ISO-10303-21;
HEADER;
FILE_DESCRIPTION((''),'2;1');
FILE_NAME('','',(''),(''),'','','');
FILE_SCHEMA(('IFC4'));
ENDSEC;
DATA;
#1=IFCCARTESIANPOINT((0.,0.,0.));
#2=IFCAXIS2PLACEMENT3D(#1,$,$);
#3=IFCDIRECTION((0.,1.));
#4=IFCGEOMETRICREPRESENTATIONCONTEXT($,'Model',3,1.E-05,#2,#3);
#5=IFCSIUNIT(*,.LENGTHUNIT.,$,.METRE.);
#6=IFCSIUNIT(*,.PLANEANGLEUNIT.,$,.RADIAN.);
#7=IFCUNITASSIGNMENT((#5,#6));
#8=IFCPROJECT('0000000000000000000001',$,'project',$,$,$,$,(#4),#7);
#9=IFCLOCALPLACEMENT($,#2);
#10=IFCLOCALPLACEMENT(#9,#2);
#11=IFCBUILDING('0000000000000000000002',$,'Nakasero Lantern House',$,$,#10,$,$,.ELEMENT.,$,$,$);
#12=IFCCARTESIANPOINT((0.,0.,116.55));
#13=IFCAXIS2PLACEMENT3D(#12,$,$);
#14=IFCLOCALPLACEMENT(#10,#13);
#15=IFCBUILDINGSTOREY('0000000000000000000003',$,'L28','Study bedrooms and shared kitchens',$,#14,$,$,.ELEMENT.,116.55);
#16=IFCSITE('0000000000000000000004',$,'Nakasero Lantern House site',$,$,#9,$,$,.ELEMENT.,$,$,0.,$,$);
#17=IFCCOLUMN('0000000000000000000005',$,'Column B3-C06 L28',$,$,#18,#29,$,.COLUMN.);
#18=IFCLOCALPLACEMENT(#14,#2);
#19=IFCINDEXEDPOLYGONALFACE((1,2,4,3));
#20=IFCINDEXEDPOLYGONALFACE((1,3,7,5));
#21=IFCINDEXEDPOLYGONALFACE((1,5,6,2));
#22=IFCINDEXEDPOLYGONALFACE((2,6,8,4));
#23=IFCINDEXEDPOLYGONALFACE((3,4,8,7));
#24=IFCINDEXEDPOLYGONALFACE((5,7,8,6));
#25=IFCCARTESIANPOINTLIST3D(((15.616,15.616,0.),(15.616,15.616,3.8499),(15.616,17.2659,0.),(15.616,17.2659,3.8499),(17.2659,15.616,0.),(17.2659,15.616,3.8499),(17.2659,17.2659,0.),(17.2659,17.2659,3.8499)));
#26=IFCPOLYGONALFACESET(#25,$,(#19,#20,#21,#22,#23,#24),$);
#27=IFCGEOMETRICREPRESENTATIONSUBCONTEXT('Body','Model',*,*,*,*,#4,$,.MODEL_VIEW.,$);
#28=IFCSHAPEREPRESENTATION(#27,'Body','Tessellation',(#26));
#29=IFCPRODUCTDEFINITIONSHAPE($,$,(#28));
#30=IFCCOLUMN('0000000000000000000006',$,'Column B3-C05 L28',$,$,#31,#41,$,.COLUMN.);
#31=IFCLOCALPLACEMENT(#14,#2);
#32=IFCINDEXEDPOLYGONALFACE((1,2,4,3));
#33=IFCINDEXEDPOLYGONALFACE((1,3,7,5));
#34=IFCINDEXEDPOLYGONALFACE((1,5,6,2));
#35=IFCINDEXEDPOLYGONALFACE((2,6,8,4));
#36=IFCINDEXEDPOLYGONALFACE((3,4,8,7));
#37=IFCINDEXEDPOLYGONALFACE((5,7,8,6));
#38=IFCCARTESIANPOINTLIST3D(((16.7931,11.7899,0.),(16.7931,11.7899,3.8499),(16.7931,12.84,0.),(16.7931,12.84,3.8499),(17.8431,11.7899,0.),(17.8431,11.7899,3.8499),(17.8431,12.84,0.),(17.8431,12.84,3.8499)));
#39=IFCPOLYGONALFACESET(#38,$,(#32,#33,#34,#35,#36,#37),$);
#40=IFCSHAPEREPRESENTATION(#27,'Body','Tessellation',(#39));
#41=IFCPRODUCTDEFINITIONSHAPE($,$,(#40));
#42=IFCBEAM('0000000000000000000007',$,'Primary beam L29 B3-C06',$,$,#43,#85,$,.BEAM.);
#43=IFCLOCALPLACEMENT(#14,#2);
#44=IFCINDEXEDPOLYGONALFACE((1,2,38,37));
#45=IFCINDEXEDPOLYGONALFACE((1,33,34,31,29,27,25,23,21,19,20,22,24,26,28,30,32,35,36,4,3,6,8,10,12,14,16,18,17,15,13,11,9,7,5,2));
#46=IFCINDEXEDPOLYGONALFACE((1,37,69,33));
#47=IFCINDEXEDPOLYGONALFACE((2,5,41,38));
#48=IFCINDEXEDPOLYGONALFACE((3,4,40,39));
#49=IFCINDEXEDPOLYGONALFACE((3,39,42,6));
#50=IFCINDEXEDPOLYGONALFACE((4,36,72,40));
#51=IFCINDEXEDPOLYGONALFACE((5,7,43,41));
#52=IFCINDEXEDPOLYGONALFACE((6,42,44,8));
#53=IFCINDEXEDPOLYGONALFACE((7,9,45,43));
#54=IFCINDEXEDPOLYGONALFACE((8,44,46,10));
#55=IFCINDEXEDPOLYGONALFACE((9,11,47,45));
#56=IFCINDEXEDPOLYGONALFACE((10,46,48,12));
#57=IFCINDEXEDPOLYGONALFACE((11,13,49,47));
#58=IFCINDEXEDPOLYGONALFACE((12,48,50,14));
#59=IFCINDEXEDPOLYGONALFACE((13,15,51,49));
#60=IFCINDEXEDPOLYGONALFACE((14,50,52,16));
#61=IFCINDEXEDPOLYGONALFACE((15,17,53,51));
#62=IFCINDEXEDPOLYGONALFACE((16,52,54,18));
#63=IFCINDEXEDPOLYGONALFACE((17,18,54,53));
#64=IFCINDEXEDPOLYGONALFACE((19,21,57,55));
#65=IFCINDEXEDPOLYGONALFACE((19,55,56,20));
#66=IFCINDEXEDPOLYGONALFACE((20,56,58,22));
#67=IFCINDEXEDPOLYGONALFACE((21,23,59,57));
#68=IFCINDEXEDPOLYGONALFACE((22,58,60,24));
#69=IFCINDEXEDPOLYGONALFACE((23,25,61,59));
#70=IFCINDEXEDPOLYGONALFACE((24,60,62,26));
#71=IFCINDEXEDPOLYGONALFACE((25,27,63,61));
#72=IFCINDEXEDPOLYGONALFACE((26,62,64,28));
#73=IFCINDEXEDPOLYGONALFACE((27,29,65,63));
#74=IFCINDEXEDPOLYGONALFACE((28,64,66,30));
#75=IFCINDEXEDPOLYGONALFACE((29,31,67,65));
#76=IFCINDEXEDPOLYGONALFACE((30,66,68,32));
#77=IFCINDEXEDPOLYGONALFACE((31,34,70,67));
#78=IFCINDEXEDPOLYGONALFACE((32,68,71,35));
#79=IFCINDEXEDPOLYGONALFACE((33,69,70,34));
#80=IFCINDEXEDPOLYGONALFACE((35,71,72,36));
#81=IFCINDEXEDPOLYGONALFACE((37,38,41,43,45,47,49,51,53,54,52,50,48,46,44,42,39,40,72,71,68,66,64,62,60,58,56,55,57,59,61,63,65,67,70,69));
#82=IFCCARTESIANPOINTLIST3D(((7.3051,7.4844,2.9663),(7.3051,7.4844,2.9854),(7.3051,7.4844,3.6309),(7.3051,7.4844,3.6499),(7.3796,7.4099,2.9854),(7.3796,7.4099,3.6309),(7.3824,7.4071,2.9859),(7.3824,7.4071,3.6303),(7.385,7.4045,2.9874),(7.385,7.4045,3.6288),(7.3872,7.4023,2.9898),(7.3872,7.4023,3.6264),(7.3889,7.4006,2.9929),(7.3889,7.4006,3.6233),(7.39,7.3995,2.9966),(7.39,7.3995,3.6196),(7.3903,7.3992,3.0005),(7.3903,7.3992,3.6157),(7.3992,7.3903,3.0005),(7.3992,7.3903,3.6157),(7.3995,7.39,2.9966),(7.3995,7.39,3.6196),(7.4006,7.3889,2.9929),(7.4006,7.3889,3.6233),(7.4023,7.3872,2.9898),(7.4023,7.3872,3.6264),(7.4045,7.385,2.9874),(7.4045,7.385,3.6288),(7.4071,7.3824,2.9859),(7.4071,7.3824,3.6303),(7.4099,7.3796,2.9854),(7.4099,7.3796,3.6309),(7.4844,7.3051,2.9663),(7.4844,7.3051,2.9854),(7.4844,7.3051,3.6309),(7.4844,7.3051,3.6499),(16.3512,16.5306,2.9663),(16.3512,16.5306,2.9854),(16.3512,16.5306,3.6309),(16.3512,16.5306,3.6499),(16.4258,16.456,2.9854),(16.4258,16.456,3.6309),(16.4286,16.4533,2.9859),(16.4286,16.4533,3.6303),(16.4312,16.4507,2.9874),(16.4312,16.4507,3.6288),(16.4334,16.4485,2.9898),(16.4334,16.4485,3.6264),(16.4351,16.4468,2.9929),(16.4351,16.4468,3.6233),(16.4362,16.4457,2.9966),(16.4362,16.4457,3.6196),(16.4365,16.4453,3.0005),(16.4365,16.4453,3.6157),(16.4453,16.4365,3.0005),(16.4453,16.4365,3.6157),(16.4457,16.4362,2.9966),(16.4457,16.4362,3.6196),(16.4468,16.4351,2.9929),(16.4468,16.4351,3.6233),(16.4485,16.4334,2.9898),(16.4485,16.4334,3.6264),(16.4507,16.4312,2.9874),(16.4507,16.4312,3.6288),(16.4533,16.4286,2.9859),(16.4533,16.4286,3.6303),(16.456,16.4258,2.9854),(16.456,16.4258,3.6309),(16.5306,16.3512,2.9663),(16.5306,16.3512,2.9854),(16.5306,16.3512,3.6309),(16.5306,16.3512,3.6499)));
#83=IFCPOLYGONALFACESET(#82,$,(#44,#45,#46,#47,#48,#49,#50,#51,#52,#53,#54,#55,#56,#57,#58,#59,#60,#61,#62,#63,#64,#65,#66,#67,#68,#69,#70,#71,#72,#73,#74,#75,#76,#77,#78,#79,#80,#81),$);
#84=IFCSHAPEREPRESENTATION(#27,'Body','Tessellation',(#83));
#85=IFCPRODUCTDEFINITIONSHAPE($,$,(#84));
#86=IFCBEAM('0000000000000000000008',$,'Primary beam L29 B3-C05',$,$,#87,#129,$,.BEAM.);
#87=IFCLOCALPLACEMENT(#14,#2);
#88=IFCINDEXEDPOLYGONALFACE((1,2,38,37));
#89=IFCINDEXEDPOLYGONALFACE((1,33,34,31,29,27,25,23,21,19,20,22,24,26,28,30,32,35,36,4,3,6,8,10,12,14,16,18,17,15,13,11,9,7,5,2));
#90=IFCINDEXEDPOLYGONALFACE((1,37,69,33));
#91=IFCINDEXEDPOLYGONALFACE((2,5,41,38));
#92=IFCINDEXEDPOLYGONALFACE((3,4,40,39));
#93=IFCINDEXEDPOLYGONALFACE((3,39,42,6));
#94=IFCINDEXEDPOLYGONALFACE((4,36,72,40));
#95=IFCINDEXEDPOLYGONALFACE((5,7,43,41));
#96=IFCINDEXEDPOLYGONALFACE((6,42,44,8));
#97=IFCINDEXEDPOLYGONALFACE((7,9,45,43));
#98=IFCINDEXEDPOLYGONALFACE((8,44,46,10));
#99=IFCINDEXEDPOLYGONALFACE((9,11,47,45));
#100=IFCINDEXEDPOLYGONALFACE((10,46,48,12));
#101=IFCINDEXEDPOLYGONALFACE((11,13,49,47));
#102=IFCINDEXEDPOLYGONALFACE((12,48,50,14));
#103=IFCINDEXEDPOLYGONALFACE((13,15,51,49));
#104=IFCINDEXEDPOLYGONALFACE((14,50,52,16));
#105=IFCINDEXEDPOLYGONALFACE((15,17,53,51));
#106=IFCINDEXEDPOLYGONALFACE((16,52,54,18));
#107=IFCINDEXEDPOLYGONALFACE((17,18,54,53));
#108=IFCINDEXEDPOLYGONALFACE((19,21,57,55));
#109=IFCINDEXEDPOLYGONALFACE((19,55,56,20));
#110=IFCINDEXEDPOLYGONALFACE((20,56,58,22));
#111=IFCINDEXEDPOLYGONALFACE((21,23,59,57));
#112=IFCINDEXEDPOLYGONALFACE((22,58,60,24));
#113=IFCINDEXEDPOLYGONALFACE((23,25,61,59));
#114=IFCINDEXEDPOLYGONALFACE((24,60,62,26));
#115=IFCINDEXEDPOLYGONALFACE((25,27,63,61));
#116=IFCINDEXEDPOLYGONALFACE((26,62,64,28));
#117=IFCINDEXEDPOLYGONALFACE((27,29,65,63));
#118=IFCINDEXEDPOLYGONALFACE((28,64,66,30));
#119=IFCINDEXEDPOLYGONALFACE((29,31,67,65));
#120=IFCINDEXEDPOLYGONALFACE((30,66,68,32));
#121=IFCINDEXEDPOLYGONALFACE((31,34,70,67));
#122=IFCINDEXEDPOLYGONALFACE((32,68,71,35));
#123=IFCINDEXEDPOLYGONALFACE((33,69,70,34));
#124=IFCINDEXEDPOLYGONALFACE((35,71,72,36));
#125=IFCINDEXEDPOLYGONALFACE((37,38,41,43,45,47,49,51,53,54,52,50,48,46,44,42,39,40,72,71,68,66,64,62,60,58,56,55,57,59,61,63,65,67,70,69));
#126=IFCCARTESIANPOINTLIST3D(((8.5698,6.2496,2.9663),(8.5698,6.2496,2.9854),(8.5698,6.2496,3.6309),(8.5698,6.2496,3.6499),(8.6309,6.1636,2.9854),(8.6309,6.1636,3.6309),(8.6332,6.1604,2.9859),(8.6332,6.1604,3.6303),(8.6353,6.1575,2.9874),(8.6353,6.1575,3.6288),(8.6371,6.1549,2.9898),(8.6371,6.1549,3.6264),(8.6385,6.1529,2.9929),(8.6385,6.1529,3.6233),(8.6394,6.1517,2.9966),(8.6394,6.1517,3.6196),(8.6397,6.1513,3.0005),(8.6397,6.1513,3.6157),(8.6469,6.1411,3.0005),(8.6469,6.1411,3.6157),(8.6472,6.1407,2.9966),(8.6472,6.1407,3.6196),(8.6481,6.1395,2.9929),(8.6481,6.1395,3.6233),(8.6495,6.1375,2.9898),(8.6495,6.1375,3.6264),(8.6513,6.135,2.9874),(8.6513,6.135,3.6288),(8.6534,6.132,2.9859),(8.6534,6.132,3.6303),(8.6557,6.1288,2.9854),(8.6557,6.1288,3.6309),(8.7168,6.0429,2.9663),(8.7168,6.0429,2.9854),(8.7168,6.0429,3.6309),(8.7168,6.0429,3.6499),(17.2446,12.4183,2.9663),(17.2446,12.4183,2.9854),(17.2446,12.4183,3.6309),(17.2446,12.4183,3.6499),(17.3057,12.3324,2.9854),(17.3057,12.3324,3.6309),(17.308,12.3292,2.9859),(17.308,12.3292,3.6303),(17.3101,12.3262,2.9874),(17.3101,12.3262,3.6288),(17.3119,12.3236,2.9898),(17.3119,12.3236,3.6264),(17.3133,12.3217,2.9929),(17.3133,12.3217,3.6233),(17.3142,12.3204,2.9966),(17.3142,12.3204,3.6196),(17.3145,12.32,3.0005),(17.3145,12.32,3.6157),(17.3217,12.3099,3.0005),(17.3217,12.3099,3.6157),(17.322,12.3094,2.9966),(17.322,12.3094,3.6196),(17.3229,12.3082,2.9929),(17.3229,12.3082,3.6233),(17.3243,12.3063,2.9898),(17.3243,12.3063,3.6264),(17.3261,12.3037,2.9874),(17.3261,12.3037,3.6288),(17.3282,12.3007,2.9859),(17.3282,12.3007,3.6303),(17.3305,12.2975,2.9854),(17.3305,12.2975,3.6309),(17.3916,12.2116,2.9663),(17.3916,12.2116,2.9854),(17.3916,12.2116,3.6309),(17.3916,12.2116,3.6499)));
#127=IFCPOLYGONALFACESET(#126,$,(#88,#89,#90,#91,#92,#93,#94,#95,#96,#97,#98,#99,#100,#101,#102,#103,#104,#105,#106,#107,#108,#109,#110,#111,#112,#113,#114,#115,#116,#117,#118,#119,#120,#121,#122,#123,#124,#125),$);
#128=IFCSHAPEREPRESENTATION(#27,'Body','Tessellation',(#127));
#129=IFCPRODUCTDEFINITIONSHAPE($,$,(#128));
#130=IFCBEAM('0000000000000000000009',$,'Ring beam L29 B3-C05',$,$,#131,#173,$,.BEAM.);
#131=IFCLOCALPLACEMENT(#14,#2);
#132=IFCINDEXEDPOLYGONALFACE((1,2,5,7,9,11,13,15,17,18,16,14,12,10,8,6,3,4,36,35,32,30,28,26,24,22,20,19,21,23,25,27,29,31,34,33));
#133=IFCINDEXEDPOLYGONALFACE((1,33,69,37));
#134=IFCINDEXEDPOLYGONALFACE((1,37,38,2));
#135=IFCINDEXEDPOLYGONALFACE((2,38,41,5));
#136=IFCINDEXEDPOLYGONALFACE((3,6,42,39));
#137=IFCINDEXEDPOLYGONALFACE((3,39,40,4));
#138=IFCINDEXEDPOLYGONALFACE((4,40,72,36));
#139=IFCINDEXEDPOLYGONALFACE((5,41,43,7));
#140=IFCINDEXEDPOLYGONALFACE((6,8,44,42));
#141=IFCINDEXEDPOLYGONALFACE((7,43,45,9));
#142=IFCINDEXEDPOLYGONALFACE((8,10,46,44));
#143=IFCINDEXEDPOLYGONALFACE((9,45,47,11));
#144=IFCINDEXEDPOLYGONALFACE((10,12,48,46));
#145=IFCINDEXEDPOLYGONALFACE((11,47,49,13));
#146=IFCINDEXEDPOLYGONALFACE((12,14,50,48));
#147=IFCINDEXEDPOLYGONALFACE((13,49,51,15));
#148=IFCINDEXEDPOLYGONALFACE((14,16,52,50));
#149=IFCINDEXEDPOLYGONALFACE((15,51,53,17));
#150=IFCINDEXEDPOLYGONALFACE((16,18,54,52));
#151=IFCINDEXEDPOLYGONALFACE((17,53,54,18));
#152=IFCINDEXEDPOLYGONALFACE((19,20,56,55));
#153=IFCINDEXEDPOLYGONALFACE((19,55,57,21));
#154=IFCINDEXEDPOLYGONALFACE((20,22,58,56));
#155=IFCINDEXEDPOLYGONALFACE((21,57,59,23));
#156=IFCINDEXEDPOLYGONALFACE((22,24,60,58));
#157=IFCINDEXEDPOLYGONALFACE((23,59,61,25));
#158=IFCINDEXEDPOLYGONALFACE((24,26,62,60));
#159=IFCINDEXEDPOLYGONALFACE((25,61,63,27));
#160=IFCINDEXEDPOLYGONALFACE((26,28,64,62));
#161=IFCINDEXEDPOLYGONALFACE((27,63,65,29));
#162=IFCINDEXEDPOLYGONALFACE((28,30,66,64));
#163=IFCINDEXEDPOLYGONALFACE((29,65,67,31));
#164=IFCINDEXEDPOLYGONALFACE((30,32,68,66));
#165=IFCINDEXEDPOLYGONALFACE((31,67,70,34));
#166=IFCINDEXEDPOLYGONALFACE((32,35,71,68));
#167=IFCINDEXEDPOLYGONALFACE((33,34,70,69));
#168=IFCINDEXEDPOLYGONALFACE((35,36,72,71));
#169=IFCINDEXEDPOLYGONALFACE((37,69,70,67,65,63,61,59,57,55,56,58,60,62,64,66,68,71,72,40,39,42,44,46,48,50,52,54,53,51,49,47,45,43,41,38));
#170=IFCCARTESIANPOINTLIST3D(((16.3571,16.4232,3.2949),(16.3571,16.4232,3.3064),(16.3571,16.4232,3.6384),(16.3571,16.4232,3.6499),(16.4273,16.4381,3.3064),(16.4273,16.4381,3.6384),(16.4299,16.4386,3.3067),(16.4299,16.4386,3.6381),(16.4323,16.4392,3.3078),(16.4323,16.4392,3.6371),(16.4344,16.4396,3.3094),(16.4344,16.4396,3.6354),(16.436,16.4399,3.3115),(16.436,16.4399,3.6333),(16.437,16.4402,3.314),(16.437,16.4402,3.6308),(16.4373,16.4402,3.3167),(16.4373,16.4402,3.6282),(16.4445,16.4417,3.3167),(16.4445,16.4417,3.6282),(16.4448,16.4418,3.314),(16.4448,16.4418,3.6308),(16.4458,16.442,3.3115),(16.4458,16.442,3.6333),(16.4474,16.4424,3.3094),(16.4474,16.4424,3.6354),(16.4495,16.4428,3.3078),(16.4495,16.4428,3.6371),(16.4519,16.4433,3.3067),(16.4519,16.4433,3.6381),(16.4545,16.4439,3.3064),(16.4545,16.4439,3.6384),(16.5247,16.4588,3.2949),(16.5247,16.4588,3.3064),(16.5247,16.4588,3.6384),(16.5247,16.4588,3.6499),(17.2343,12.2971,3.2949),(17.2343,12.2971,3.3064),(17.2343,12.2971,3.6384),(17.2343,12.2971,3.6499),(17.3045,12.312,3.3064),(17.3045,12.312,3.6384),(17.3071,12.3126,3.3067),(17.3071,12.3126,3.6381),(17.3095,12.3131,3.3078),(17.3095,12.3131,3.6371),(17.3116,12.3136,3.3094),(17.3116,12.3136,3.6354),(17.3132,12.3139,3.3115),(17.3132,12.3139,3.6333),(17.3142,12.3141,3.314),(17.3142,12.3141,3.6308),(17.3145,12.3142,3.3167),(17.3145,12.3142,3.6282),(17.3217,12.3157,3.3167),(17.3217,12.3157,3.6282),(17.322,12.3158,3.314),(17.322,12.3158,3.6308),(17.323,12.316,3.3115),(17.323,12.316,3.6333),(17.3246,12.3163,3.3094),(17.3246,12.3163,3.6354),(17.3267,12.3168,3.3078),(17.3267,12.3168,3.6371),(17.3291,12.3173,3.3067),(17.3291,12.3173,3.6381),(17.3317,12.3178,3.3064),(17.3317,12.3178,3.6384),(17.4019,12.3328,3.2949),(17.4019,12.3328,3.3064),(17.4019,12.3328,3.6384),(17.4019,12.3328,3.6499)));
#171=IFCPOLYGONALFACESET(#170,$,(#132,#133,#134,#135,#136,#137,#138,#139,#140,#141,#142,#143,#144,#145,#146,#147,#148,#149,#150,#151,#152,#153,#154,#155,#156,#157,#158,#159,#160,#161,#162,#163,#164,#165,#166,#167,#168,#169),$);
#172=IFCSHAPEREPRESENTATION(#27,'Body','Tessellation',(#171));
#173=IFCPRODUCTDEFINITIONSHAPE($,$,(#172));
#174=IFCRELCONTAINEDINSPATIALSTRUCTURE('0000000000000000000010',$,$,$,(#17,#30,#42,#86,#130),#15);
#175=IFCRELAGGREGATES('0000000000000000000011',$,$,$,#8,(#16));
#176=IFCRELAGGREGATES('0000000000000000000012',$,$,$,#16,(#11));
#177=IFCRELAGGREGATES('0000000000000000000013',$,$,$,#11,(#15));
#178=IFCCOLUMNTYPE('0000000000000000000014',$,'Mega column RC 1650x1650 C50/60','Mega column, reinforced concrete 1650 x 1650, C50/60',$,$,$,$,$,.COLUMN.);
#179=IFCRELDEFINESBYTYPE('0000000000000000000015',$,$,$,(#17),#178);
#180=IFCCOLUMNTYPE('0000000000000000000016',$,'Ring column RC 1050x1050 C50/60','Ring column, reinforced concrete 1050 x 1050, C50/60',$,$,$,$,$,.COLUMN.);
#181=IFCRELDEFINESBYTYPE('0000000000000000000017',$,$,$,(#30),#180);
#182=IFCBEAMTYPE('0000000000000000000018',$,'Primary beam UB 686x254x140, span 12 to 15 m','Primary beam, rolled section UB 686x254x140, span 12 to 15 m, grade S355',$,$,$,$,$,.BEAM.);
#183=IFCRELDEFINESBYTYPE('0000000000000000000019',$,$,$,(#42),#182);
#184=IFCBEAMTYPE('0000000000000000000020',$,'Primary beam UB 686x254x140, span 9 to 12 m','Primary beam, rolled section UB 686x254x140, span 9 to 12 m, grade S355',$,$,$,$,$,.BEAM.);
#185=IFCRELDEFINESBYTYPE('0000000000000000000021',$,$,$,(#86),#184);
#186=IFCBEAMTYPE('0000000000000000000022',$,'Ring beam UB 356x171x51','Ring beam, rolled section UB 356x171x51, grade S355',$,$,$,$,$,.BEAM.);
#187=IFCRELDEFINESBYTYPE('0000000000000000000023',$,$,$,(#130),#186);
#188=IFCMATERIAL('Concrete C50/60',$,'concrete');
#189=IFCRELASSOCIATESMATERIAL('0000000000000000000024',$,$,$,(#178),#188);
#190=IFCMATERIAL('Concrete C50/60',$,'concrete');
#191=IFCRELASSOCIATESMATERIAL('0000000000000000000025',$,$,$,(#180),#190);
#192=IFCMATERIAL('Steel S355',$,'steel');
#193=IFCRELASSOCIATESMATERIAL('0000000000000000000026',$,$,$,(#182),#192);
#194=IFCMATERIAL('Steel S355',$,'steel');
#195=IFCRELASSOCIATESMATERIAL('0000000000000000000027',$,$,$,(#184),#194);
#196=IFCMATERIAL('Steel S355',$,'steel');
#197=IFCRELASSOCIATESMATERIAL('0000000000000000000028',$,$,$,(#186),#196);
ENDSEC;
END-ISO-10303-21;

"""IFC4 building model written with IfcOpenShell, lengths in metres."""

from ifc_helpers import new_model, si_unit, direction, frame, origin, origin_2d, place, context, subcontext, project, spatial, rectangle, i_section, extrude, material, material_profile, profile_set, type_object, element, save


model = new_model("IFC4")

# Units and contexts
model_context = context("Model", 3, precision=1e-05, world=origin(), true_north=direction((0.0, 1.0)))
body_context = subcontext(model_context, "Body", "Model", "MODEL_VIEW")
ifc_project = project(units=[si_unit("LENGTHUNIT", "METRE"), si_unit("PLANEANGLEUNIT", "RADIAN")], contexts=[model_context])

# Site, building, storey
site_placement = place(None, origin())
site = spatial("IfcSite", under=ifc_project, at=site_placement, Name="Nakasero Lantern House site", CompositionType="ELEMENT", RefElevation=0.0)
building_placement = place(site_placement, origin())
building = spatial("IfcBuilding", under=site, at=building_placement, Name="Nakasero Lantern House", CompositionType="ELEMENT")
storey_placement = place(building_placement, frame((0.0, 0.0, 116.55)))
storey = spatial("IfcBuildingStorey", under=building, at=storey_placement, Name="L28", Description="Study bedrooms and shared kitchens", CompositionType="ELEMENT", Elevation=116.55)

# Columns
ifc_material_1 = material(Name="Concrete C50/60", Category="concrete")
ifc_material_profile_1 = material_profile(ifc_material_1, rectangle(XDim=1.6499, YDim=1.6499, at=origin_2d()), Name="RC 1650x1650")
ifc_profile_set_1 = profile_set([ifc_material_profile_1], Name="Concrete C50/60")
column_type_1 = type_object("IfcColumnType", Name="Mega column RC 1650x1650 C50/60", Description="Mega column, reinforced concrete 1650 x 1650, C50/60", PredefinedType="COLUMN", material=ifc_profile_set_1)
column_1_placement = place(storey_placement, frame((16.4409, 16.4409, 0.0), z_axis=(0.0, 0.0, 1.0), x_axis=(1.0, 0.0, 0.0)))
element("IfcColumn", 1, at=column_1_placement, inside=storey, type_object=column_type_1, Name="Column B3-C06 L28", PredefinedType="COLUMN", context=body_context, shape_type="SweptSolid", body=[
    extrude(rectangle(XDim=1.6499, YDim=1.6499, at=origin_2d()), origin(), (0.0, 0.0, 1.0), 3.8499),
])
ifc_material_2 = material(Name="Concrete C50/60", Category="concrete")
ifc_material_profile_2 = material_profile(ifc_material_2, rectangle(XDim=1.05, YDim=1.05, at=origin_2d()), Name="RC 1050x1050")
ifc_profile_set_2 = profile_set([ifc_material_profile_2], Name="Concrete C50/60")
column_type_2 = type_object("IfcColumnType", Name="Ring column RC 1050x1050 C50/60", Description="Ring column, reinforced concrete 1050 x 1050, C50/60", PredefinedType="COLUMN", material=ifc_profile_set_2)
column_2_placement = place(storey_placement, frame((17.3181, 12.3149, 0.0), z_axis=(0.0, 0.0, 1.0), x_axis=(1.0, 0.0, 0.0)))
element("IfcColumn", 2, at=column_2_placement, inside=storey, type_object=column_type_2, Name="Column B3-C05 L28", PredefinedType="COLUMN", context=body_context, shape_type="SweptSolid", body=[
    extrude(rectangle(XDim=1.05, YDim=1.05, at=origin_2d()), origin(), (0.0, 0.0, 1.0), 3.8499),
])

# Beams
ifc_material_3 = material(Name="Steel S355", Category="steel")
ifc_material_profile_3 = material_profile(ifc_material_3, i_section(OverallWidth=0.2537, OverallDepth=0.6836, WebThickness=0.0125, FlangeThickness=0.019, FilletRadius=0.0151, at=origin_2d()), Name="UB 686x254x140")
ifc_profile_set_3 = profile_set([ifc_material_profile_3], Name="Steel S355")
beam_type_1 = type_object("IfcBeamType", Name="Primary beam UB 686x254x140, span 12 to 15 m", Description="Primary beam, rolled section UB 686x254x140, span 12 to 15 m, grade S355", PredefinedType="BEAM", material=ifc_profile_set_3)
beam_1_placement = place(storey_placement, frame((16.4409, 16.4409, 3.3081), z_axis=(-0.707107, -0.707107, 0.0), x_axis=(0.707107, -0.707107, 0.0)))
element("IfcBeam", 3, at=beam_1_placement, inside=storey, type_object=beam_type_1, Name="Primary beam L29 B3-C06", PredefinedType="BEAM", context=body_context, shape_type="SweptSolid", body=[
    extrude(i_section(OverallWidth=0.2537, OverallDepth=0.6836, WebThickness=0.0125, FlangeThickness=0.019, FilletRadius=0.0151, at=origin_2d()), origin(), (0.0, 0.0, 1.0), 12.7932),
])
ifc_material_4 = material(Name="Steel S355", Category="steel")
ifc_material_profile_4 = material_profile(ifc_material_4, i_section(OverallWidth=0.2537, OverallDepth=0.6836, WebThickness=0.0125, FlangeThickness=0.019, FilletRadius=0.0151, at=origin_2d()), Name="UB 686x254x140")
ifc_profile_set_4 = profile_set([ifc_material_profile_4], Name="Steel S355")
beam_type_2 = type_object("IfcBeamType", Name="Primary beam UB 686x254x140, span 9 to 12 m", Description="Primary beam, rolled section UB 686x254x140, span 9 to 12 m, grade S355", PredefinedType="BEAM", material=ifc_profile_set_4)
beam_2_placement = place(storey_placement, frame((17.3181, 12.3149, 3.3081), z_axis=(-0.814957, -0.579521, 0.0), x_axis=(0.579521, -0.814957, 0.0)))
element("IfcBeam", 4, at=beam_2_placement, inside=storey, type_object=beam_type_2, Name="Primary beam L29 B3-C05", PredefinedType="BEAM", context=body_context, shape_type="SweptSolid", body=[
    extrude(i_section(OverallWidth=0.2537, OverallDepth=0.6836, WebThickness=0.0125, FlangeThickness=0.019, FilletRadius=0.0151, at=origin_2d()), origin(), (0.0, 0.0, 1.0), 10.6445),
])
ifc_material_5 = material(Name="Steel S355", Category="steel")
ifc_material_profile_5 = material_profile(ifc_material_5, i_section(OverallWidth=0.1714, OverallDepth=0.355, WebThickness=0.0073, FlangeThickness=0.0115, FilletRadius=0.0103, at=origin_2d()), Name="UB 356x171x51")
ifc_profile_set_5 = profile_set([ifc_material_profile_5], Name="Steel S355")
beam_type_3 = type_object("IfcBeamType", Name="Ring beam UB 356x171x51", Description="Ring beam, rolled section UB 356x171x51, grade S355", PredefinedType="BEAM", material=ifc_profile_set_5)
beam_3_placement = place(storey_placement, frame((17.3181, 12.3149, 3.4724), z_axis=(-0.207956, 0.978138, 0.0), x_axis=(-0.978138, -0.207956, 0.0)))
element("IfcBeam", 5, at=beam_3_placement, inside=storey, type_object=beam_type_3, Name="Ring beam L29 B3-C05", PredefinedType="BEAM", context=body_context, shape_type="SweptSolid", body=[
    extrude(i_section(OverallWidth=0.1714, OverallDepth=0.355, WebThickness=0.0073, FlangeThickness=0.0115, FilletRadius=0.0103, at=origin_2d()), origin(), (0.0, 0.0, 1.0), 4.2183),
])

save(model, "model.ifc")
